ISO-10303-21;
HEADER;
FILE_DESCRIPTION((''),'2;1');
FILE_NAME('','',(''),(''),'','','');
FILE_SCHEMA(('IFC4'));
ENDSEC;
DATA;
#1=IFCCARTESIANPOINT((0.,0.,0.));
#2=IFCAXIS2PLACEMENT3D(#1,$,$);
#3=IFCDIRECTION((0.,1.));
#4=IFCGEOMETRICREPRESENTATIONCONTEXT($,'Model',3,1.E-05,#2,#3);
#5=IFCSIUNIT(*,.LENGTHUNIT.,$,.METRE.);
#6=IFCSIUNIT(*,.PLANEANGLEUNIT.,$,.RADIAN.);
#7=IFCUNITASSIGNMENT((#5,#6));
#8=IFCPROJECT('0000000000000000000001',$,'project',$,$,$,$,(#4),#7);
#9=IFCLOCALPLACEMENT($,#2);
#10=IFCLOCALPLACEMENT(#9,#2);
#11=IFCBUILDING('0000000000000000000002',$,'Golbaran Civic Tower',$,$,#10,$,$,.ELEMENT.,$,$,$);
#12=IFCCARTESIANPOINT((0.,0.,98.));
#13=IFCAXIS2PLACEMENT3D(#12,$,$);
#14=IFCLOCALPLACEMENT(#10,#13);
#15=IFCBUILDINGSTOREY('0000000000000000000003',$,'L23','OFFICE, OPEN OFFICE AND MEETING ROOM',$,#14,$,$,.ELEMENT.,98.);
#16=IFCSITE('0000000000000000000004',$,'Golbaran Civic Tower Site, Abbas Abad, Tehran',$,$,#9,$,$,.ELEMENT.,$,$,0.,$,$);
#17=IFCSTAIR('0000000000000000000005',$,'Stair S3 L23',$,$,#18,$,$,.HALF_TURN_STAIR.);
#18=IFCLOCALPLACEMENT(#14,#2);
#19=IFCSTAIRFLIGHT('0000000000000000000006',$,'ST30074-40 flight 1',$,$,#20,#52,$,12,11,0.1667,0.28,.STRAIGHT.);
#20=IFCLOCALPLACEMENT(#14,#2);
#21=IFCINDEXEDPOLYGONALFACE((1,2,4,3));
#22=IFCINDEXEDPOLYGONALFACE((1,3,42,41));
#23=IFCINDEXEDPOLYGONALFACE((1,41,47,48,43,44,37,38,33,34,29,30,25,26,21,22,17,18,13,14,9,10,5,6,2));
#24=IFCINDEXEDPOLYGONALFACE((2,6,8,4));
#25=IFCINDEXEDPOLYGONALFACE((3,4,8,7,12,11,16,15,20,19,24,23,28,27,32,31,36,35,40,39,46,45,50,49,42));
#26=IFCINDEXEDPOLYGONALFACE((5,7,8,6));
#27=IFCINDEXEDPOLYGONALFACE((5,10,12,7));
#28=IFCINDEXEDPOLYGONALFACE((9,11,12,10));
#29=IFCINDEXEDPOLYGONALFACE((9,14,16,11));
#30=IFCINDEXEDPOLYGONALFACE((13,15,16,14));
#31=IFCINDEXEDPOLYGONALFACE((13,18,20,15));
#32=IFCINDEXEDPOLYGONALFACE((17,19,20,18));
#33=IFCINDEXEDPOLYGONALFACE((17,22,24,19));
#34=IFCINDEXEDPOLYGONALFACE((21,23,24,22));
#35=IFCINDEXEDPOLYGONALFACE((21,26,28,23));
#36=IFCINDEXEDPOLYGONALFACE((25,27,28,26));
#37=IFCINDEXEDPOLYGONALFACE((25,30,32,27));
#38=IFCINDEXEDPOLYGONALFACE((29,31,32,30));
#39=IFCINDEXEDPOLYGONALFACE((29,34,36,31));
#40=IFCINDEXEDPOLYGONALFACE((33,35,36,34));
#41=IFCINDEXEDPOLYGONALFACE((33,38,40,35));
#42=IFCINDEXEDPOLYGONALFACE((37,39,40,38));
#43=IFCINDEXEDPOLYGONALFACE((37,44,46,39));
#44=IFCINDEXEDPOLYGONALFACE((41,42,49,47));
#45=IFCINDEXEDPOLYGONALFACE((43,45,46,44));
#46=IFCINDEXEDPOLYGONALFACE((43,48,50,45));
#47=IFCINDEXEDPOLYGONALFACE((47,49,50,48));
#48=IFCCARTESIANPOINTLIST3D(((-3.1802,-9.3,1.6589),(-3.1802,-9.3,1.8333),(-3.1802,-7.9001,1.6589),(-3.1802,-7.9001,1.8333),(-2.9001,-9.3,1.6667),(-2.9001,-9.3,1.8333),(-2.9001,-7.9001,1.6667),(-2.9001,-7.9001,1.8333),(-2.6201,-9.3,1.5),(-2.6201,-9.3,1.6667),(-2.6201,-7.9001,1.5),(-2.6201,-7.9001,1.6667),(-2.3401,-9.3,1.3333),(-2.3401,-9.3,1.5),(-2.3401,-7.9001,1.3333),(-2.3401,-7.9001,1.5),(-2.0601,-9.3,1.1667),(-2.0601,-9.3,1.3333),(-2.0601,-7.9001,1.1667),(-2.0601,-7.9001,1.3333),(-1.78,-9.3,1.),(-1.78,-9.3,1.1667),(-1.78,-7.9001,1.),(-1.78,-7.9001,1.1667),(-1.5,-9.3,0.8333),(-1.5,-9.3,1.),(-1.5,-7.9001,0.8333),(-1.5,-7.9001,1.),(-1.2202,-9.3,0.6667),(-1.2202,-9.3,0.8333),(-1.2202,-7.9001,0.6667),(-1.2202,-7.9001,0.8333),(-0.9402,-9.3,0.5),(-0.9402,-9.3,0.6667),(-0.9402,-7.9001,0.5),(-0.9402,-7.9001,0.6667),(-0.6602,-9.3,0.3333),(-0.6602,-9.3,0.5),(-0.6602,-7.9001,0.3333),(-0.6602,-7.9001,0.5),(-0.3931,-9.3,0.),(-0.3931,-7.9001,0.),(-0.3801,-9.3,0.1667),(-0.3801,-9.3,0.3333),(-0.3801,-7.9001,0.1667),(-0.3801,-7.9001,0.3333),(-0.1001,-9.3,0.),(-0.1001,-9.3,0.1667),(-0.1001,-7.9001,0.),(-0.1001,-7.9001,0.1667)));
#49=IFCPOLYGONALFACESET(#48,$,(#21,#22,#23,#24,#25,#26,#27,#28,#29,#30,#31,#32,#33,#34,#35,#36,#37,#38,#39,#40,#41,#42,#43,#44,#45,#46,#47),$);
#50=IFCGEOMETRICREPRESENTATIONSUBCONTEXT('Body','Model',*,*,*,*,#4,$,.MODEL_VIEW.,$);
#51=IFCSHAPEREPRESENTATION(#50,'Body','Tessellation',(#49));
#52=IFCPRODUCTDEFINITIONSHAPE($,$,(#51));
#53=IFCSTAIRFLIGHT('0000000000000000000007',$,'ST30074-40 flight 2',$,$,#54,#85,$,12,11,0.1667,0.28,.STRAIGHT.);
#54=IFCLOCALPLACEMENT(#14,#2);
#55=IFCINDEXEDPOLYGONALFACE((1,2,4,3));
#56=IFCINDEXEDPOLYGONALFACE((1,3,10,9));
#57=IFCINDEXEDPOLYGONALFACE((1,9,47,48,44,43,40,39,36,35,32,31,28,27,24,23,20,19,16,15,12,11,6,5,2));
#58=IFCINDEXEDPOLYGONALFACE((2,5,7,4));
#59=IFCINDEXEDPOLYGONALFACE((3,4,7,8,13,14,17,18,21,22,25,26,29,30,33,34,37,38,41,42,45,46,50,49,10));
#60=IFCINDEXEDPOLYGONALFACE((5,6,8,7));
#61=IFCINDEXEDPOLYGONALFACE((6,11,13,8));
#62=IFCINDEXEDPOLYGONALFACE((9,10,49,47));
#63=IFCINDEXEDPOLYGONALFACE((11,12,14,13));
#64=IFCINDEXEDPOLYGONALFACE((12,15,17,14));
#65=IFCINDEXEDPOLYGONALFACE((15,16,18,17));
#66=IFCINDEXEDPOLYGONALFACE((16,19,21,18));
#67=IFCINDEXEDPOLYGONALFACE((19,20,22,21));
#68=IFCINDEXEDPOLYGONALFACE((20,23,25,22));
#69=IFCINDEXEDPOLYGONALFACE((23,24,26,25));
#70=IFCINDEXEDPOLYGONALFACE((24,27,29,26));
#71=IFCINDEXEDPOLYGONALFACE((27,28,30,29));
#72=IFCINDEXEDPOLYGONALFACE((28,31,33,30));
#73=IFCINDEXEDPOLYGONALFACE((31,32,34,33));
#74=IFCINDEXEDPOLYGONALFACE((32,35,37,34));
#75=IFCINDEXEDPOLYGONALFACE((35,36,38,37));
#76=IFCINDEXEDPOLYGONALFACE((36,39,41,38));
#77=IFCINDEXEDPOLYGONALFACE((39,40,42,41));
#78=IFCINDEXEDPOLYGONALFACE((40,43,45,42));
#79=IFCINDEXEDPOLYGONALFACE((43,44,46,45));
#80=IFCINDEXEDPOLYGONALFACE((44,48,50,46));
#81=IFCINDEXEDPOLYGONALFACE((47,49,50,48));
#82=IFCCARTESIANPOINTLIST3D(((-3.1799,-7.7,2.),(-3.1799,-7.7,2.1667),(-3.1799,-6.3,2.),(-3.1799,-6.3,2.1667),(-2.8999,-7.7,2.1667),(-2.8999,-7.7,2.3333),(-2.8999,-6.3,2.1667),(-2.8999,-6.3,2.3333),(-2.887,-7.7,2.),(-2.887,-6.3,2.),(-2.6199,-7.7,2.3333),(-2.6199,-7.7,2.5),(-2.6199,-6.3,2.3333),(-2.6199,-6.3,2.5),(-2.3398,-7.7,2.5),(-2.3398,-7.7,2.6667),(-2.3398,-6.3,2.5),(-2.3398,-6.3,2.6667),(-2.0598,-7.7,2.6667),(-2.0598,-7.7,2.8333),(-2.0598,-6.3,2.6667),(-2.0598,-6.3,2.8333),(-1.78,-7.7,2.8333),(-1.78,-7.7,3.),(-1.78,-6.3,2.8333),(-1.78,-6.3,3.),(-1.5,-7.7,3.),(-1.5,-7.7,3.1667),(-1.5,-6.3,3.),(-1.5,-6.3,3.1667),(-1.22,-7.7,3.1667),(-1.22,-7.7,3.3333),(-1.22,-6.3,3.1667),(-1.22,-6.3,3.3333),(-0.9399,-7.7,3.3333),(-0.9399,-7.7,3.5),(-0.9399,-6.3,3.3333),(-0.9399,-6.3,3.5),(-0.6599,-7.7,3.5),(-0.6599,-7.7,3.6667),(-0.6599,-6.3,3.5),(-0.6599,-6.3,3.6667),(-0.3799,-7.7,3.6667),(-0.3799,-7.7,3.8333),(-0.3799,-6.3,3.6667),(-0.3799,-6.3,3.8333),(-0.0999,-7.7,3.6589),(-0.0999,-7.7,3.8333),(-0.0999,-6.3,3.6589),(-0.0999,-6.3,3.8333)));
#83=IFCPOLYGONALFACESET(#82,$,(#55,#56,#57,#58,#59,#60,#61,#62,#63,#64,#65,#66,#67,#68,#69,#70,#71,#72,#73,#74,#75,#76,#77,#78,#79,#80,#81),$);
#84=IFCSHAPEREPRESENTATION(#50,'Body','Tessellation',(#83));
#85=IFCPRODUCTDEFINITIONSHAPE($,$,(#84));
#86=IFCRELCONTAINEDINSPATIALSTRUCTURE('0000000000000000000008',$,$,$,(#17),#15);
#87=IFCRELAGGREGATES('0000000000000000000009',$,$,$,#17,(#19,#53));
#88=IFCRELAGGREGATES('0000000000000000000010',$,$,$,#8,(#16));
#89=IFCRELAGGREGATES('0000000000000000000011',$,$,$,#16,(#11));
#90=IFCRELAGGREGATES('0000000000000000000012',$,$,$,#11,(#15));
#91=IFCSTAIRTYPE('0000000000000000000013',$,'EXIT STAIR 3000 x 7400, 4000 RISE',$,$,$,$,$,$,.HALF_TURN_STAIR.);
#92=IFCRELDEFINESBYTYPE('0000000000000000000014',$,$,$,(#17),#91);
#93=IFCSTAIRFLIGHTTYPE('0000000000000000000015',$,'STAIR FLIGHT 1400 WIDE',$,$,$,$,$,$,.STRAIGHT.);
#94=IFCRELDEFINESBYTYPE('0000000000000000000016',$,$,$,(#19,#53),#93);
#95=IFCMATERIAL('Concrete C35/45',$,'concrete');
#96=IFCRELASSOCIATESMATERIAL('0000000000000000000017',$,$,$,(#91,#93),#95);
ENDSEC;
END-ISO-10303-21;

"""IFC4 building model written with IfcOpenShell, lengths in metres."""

from ifc_helpers import new_model, si_unit, direction, frame, origin, place, context, subcontext, project, spatial, polyline, outline, extrude, material, type_object, element, aggregate, save


model = new_model("IFC4")

# Units and contexts
model_context = context("Model", 3, precision=1e-05, world=origin(), true_north=direction((0.0, 1.0)))
body_context = subcontext(model_context, "Body", "Model", "MODEL_VIEW")
ifc_project = project(units=[si_unit("LENGTHUNIT", "METRE"), si_unit("PLANEANGLEUNIT", "RADIAN")], contexts=[model_context])

# Site, building, storey
site_placement = place(None, origin())
site = spatial("IfcSite", under=ifc_project, at=site_placement, Name="Golbaran Civic Tower Site, Abbas Abad, Tehran", CompositionType="ELEMENT", RefElevation=0.0)
building_placement = place(site_placement, origin())
building = spatial("IfcBuilding", under=site, at=building_placement, Name="Golbaran Civic Tower", CompositionType="ELEMENT")
storey_placement = place(building_placement, frame((0.0, 0.0, 98.0)))
storey = spatial("IfcBuildingStorey", under=building, at=storey_placement, Name="L23", Description="OFFICE, OPEN OFFICE AND MEETING ROOM", CompositionType="ELEMENT", Elevation=98.0)

# Stair, stair flights
ifc_material_1 = material(Name="Concrete C35/45", Category="concrete")
stair_type = type_object("IfcStairType", Name="EXIT STAIR 3000 x 7400, 4000 RISE", PredefinedType="HALF_TURN_STAIR", material=ifc_material_1)
stair_placement = place(storey_placement, origin())
stair = element("IfcStair", 1, at=stair_placement, inside=storey, type_object=stair_type, Name="Stair S3 L23", PredefinedType="HALF_TURN_STAIR")
stair_flight_type = type_object("IfcStairFlightType", Name="STAIR FLIGHT 1400 WIDE", PredefinedType="STRAIGHT", material=ifc_material_1)
stair_flight_1_placement = place(storey_placement, frame((-0.1001, -8.6001, 0.0), z_axis=(0.0, 0.0, 1.0), x_axis=(-1.0, 0.0, 0.0)))
stair_flight_1 = element("IfcStairFlight", 2, at=stair_flight_1_placement, type_object=stair_flight_type, Name="ST30074-40 flight 1", NumberOfRisers=12, NumberOfTreads=11, PredefinedType="STRAIGHT", RiserHeight=0.1667, TreadLength=0.28, context=body_context, shape_type="SweptSolid", body=[
    extrude(outline(polyline([(0.0, 0.0), (0.0, 0.1667), (0.28, 0.1667), (0.28, 0.3333), (0.5601, 0.3333), (0.5601, 0.5), (0.8401, 0.5), (0.8401, 0.6667), (1.1201, 0.6667), (1.1201, 0.8333), (1.3999, 0.8333), (1.3999, 1.0), (1.6799, 1.0), (1.6799, 1.1667), (1.96, 1.1667), (1.96, 1.3333), (2.24, 1.3333), (2.24, 1.5), (2.52, 1.5), (2.52, 1.6667), (2.8, 1.6667), (2.8, 1.8333), (3.0801, 1.8333), (3.0801, 2.0), (3.0801, 1.6589), (0.293, 0.0), (0.0, 0.0)])), frame((0.0, 0.7, 0.0), z_axis=(0.0, -1.0, 0.0), x_axis=(1.0, 0.0, 0.0)), (0.0, 0.0, 1.0), 1.3999),
])
stair_flight_2_placement = place(storey_placement, frame((-3.1799, -7.0, 2.0), z_axis=(0.0, 0.0, 1.0), x_axis=(1.0, 0.0, 0.0)))
stair_flight_2 = element("IfcStairFlight", 3, at=stair_flight_2_placement, type_object=stair_flight_type, Name="ST30074-40 flight 2", NumberOfRisers=12, NumberOfTreads=11, PredefinedType="STRAIGHT", RiserHeight=0.1667, TreadLength=0.28, context=body_context, shape_type="SweptSolid", body=[
    extrude(outline(polyline([(0.0, 0.0), (0.0, 0.1667), (0.28, 0.1667), (0.28, 0.3333), (0.5601, 0.3333), (0.5601, 0.5), (0.8401, 0.5), (0.8401, 0.6667), (1.1201, 0.6667), (1.1201, 0.8333), (1.3999, 0.8333), (1.3999, 1.0), (1.6799, 1.0), (1.6799, 1.1667), (1.96, 1.1667), (1.96, 1.3333), (2.24, 1.3333), (2.24, 1.5), (2.52, 1.5), (2.52, 1.6667), (2.8, 1.6667), (2.8, 1.8333), (3.0801, 1.8333), (3.0801, 2.0), (3.0801, 1.6589), (0.293, 0.0), (0.0, 0.0)])), frame((0.0, 0.7, 0.0), z_axis=(0.0, -1.0, 0.0), x_axis=(1.0, 0.0, 0.0)), (0.0, 0.0, 1.0), 1.3999),
])
aggregate(stair, [stair_flight_1, stair_flight_2])

save(model, "model.ifc")
